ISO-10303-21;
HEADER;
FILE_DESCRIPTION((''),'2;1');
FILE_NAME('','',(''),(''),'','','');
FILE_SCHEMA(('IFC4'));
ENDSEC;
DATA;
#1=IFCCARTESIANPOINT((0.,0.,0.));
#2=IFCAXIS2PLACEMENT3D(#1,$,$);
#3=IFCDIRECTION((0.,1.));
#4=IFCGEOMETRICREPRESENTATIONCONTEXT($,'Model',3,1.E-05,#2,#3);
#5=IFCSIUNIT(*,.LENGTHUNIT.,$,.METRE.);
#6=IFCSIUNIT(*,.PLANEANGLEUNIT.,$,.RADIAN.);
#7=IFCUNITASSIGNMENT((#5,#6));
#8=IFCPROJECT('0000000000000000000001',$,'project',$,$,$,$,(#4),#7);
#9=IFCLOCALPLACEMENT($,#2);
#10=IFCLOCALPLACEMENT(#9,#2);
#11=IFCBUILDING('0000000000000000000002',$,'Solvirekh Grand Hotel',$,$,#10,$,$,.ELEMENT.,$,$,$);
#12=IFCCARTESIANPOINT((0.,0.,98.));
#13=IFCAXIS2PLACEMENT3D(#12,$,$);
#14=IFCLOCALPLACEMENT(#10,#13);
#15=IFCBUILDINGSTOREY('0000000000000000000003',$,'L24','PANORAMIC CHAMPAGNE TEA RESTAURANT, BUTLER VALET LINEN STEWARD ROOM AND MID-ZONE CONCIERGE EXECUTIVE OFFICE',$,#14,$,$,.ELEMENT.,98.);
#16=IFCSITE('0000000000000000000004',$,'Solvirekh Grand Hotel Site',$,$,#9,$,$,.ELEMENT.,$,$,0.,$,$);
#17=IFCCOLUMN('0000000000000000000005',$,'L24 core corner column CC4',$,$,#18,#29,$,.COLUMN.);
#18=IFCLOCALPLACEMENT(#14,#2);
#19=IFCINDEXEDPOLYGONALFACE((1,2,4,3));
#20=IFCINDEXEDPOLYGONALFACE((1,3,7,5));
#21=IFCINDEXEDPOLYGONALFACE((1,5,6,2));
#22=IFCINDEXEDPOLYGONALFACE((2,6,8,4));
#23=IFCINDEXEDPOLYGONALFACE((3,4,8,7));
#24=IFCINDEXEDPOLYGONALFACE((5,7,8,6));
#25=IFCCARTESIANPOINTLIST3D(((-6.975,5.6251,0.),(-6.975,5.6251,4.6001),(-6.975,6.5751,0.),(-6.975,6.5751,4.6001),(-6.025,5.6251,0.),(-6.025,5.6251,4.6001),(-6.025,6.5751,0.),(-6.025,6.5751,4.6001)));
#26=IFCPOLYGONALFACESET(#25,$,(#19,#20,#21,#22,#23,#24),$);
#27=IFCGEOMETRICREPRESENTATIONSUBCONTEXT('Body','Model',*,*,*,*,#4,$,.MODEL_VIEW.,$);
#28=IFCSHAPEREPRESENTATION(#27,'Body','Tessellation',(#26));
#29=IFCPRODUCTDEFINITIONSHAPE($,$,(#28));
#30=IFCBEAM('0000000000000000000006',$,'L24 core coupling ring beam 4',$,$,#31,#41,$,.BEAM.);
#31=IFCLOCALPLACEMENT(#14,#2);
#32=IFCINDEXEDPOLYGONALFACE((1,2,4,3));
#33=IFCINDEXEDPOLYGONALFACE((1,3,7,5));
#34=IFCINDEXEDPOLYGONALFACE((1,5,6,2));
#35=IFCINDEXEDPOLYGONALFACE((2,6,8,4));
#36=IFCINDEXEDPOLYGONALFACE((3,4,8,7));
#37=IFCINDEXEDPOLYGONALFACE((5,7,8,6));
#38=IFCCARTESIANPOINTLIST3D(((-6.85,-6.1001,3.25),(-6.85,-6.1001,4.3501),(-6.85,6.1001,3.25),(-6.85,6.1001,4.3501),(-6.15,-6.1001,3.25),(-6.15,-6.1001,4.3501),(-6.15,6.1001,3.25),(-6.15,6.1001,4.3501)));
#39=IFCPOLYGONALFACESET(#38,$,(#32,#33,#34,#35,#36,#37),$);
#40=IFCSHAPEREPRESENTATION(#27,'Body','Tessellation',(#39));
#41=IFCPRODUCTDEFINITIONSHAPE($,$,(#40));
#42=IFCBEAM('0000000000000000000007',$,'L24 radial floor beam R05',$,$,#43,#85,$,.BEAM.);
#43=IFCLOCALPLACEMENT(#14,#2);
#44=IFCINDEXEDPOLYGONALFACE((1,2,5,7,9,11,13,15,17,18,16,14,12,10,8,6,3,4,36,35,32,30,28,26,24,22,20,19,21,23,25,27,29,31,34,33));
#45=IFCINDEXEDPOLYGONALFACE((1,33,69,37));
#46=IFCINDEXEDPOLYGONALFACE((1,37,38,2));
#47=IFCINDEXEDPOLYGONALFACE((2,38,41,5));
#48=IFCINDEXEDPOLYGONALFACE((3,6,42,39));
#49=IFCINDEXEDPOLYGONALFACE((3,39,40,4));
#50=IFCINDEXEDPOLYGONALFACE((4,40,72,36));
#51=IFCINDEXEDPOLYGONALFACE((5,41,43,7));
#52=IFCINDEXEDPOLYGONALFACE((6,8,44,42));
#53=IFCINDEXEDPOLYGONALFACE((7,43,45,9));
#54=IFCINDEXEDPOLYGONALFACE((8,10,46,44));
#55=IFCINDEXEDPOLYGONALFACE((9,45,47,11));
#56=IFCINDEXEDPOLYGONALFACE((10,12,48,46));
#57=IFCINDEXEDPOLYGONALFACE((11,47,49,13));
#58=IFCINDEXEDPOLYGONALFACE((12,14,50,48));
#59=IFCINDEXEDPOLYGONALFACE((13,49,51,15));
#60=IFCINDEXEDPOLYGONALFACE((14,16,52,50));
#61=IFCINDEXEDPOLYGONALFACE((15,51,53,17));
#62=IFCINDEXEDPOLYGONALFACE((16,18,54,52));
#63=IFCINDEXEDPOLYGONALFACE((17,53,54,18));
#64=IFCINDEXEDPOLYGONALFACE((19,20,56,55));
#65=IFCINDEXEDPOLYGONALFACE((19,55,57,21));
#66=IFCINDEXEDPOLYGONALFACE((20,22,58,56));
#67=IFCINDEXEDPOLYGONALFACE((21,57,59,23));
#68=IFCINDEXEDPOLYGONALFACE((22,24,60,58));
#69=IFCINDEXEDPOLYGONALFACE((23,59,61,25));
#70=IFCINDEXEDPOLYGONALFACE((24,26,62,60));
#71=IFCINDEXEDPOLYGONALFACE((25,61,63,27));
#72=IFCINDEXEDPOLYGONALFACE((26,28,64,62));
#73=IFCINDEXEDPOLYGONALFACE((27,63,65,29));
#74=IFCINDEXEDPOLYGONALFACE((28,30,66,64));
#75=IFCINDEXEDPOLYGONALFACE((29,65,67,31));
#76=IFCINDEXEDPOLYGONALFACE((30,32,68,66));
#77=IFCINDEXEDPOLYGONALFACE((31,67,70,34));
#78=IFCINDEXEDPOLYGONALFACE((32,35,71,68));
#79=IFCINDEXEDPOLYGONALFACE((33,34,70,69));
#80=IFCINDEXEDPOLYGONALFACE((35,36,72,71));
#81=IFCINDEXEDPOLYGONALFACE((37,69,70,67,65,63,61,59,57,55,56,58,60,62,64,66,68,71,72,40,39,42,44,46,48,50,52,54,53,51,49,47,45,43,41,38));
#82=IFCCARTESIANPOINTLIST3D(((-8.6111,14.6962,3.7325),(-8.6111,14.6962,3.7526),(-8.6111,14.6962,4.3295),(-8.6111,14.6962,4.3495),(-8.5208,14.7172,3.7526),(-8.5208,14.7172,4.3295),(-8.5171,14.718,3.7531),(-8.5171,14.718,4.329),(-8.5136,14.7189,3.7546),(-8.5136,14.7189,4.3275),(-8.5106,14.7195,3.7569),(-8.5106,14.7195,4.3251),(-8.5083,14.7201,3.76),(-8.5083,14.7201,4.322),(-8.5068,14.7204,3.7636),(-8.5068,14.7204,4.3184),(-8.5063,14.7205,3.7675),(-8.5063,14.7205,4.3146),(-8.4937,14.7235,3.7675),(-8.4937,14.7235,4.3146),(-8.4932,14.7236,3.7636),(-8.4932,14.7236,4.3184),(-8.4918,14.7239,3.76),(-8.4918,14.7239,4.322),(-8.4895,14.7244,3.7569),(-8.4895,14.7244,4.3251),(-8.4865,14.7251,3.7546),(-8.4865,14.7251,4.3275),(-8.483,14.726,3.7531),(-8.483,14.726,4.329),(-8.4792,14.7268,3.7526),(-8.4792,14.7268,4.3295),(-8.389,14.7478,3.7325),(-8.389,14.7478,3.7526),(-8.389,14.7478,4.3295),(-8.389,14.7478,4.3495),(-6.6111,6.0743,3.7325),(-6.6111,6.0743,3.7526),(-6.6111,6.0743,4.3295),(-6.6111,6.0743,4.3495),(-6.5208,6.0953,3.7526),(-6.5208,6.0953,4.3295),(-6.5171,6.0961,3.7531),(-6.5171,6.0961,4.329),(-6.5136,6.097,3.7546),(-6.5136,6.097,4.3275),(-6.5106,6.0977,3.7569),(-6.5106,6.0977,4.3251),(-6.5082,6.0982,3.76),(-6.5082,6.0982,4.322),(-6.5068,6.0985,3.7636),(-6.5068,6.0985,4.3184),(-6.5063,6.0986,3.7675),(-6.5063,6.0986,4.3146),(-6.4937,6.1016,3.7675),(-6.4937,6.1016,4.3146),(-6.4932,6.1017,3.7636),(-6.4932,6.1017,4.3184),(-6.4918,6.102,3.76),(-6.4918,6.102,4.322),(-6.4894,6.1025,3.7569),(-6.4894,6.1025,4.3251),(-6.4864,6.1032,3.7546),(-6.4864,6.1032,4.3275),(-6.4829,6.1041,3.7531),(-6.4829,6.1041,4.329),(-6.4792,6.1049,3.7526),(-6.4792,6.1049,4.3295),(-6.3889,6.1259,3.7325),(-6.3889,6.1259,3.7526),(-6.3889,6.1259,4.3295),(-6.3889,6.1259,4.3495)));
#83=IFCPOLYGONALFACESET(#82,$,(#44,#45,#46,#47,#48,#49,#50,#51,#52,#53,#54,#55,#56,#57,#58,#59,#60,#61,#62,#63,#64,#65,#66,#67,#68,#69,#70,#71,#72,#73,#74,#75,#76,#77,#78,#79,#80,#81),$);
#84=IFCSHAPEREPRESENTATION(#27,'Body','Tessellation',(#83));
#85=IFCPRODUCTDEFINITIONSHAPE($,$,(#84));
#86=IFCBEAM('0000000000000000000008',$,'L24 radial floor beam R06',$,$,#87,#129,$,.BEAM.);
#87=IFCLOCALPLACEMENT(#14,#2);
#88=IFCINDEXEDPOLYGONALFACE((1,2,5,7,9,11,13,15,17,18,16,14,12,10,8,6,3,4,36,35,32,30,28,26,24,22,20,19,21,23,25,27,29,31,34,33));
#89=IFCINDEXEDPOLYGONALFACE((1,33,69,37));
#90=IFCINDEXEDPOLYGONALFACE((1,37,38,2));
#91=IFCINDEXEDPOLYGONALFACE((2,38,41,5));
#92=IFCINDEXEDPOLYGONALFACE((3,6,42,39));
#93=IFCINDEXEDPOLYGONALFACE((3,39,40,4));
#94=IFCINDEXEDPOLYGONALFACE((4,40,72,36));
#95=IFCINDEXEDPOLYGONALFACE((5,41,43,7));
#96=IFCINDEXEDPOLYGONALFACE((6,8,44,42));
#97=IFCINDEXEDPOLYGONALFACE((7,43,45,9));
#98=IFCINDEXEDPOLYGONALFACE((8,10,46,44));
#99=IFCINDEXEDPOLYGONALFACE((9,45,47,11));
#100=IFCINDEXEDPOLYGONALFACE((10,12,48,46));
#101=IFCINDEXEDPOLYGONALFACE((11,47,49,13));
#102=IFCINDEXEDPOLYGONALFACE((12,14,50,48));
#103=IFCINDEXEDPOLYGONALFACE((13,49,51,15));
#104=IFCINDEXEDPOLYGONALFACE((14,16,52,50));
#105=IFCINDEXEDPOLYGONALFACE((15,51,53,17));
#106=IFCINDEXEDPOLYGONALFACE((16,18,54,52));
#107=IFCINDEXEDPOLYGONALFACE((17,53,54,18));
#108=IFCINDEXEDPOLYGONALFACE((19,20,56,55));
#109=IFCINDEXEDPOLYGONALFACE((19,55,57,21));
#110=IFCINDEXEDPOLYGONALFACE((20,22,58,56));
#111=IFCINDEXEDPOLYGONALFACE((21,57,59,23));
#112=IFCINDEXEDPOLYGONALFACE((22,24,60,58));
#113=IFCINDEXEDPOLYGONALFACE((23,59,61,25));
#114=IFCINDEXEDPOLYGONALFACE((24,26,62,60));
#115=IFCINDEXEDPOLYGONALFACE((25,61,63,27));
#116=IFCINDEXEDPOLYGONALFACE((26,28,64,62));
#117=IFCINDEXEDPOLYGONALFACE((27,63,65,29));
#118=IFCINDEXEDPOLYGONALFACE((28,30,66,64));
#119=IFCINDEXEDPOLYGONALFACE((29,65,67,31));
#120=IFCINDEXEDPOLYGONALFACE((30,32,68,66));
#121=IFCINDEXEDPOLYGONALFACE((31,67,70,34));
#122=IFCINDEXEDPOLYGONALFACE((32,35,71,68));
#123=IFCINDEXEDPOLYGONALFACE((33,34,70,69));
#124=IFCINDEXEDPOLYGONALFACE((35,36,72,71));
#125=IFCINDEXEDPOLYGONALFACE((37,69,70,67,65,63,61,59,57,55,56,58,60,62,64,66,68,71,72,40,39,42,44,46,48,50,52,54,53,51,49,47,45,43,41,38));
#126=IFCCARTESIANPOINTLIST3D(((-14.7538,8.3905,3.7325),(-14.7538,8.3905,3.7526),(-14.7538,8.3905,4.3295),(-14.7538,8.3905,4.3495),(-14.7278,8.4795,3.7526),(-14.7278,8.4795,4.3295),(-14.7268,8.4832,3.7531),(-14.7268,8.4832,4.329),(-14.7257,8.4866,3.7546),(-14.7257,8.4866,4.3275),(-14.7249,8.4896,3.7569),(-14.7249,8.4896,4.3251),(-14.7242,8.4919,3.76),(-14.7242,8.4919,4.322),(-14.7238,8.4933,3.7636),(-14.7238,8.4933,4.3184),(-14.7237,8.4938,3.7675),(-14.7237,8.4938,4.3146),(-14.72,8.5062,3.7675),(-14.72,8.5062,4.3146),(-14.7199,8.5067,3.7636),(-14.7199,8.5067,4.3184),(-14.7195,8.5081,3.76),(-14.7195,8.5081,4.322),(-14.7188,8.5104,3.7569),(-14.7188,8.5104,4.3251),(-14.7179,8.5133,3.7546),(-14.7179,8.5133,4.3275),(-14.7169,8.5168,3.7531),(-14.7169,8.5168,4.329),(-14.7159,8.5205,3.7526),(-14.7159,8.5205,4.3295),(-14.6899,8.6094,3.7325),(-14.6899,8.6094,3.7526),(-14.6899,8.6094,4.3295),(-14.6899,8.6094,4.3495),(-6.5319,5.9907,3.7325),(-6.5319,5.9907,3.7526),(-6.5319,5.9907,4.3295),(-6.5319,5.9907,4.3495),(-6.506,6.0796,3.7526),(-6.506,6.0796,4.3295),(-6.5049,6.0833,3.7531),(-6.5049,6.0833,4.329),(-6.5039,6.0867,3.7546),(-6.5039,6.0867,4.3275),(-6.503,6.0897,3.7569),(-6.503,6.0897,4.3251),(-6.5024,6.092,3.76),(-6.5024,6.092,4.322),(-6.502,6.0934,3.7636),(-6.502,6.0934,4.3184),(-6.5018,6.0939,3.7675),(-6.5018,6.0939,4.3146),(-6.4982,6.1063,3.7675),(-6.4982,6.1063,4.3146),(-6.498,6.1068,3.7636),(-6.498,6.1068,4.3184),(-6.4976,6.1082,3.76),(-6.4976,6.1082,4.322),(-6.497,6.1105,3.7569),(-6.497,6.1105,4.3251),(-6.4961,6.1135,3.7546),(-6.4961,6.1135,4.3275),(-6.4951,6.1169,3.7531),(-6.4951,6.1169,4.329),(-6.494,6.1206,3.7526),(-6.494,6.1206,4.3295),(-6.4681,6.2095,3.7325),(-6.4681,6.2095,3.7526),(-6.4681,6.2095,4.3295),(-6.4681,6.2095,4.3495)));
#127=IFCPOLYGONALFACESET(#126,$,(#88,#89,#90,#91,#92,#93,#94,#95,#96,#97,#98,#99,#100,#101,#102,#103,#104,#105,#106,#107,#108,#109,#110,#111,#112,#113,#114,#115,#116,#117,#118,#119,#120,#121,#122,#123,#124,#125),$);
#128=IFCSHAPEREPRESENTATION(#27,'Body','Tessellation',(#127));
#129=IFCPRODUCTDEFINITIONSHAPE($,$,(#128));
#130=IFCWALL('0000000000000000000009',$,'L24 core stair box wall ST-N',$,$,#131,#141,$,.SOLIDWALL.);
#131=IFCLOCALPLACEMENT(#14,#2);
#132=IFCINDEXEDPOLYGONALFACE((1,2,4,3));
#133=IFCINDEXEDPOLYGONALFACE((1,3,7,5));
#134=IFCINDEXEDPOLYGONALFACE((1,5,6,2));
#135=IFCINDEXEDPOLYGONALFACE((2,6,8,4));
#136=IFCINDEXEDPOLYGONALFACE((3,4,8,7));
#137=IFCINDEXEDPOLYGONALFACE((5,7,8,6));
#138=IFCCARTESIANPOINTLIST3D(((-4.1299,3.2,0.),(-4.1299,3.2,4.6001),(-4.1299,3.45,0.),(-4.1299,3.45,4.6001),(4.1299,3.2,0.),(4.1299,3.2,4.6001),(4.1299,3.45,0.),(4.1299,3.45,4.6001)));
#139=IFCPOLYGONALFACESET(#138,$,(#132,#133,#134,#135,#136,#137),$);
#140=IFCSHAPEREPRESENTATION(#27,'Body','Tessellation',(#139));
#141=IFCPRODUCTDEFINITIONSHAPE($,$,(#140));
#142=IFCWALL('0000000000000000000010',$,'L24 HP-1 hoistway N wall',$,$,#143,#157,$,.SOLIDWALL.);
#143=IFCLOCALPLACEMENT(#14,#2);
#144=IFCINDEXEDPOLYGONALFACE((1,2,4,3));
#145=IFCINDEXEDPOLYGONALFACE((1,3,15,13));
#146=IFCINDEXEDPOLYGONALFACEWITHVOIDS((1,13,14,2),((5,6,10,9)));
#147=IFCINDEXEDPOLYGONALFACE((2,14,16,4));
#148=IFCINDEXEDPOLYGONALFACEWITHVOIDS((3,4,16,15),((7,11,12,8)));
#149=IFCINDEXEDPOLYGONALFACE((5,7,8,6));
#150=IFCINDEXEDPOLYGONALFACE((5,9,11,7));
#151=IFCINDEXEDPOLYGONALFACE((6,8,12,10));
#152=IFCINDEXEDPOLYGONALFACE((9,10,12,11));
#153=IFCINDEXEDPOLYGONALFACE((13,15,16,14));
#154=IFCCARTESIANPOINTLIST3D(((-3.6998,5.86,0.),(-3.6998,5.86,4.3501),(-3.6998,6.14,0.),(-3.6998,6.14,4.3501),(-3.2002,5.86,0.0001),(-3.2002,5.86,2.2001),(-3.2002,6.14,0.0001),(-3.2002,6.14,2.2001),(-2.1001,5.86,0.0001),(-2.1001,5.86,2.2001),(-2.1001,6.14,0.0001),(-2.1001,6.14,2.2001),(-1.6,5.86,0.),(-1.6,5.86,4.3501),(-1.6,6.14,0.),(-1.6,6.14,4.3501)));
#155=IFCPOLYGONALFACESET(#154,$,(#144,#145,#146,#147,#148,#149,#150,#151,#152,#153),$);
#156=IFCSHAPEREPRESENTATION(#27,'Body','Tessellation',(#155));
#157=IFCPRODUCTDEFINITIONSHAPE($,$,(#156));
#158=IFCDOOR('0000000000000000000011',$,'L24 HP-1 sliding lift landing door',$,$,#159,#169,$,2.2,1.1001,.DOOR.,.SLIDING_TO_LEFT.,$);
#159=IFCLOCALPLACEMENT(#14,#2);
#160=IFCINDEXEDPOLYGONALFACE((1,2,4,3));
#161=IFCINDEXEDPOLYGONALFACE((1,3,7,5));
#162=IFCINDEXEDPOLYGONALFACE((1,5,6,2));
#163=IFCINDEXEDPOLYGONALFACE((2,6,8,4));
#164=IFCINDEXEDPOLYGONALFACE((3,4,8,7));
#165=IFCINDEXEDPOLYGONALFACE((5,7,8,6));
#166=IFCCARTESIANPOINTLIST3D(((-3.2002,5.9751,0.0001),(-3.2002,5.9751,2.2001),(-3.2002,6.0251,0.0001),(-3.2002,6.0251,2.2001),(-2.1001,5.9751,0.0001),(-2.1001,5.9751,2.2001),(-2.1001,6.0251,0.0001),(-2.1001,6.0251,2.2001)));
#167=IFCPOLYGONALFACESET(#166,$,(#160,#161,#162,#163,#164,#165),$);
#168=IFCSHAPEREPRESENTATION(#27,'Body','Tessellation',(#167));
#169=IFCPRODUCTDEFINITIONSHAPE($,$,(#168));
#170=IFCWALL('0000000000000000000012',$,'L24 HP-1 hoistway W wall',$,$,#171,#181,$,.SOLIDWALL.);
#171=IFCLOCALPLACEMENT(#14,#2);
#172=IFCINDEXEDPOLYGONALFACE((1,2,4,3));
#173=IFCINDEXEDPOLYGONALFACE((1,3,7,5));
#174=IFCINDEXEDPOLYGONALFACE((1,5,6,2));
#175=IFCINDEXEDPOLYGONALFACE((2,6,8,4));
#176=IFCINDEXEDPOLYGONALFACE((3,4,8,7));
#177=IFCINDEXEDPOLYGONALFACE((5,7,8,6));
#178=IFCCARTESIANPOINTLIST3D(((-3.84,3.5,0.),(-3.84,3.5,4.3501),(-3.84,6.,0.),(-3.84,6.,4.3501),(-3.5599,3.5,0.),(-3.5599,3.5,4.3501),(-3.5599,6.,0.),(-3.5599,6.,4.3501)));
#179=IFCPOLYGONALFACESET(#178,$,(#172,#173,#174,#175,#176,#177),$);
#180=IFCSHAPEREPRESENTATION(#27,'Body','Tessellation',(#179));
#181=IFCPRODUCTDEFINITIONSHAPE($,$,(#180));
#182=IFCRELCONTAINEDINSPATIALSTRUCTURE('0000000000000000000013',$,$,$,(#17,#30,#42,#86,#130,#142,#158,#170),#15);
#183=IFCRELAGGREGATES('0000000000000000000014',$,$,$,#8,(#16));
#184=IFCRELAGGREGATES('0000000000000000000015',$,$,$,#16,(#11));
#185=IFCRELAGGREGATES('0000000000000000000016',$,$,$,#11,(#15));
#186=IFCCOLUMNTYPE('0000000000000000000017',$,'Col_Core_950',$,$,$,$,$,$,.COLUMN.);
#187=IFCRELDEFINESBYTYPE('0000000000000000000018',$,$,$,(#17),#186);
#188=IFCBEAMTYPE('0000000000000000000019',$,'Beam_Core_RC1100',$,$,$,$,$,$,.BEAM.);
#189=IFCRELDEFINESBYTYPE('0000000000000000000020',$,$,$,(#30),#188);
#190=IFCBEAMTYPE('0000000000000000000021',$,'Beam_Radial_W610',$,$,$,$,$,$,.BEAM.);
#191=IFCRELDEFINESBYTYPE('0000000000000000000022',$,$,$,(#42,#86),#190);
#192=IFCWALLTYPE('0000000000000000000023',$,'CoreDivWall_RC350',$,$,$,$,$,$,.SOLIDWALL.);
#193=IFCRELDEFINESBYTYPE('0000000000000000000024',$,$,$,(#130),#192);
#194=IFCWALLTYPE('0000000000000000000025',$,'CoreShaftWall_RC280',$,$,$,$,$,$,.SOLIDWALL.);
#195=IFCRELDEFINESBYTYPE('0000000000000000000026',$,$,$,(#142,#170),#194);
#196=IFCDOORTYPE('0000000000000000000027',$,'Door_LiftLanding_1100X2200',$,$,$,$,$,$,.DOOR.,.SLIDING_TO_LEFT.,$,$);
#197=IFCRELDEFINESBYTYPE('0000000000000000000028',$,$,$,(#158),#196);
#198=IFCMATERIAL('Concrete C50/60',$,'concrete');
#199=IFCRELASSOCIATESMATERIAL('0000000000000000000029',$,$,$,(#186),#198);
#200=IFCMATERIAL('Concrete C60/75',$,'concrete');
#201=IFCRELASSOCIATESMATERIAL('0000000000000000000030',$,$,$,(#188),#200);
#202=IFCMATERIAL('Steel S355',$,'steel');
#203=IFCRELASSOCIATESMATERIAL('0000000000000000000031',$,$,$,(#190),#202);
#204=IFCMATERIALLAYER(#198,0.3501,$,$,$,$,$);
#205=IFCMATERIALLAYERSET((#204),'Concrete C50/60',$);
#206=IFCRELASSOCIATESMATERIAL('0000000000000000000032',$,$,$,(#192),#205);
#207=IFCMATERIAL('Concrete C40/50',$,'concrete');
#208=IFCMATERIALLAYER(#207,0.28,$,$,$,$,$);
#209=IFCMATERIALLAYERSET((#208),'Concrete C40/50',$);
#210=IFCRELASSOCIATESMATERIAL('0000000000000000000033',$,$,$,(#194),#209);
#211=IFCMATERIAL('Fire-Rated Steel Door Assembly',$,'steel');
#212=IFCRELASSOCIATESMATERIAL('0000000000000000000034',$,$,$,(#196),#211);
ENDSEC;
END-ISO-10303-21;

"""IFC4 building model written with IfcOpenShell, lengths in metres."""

from ifc_helpers import new_model, si_unit, direction, frame, frame_2d, origin, origin_2d, place, context, subcontext, project, spatial, rectangle, i_section, extrude, material, layer, layer_set, material_profile, profile_set, type_object, element, fill, save


model = new_model("IFC4")

# Units and contexts
model_context = context("Model", 3, precision=1e-05, world=origin(), true_north=direction((0.0, 1.0)))
body_context = subcontext(model_context, "Body", "Model", "MODEL_VIEW")
ifc_project = project(units=[si_unit("LENGTHUNIT", "METRE"), si_unit("PLANEANGLEUNIT", "RADIAN")], contexts=[model_context])

# Site, building, storey
site_placement = place(None, origin())
site = spatial("IfcSite", under=ifc_project, at=site_placement, Name="Solvirekh Grand Hotel Site", CompositionType="ELEMENT", RefElevation=0.0)
building_placement = place(site_placement, origin())
building = spatial("IfcBuilding", under=site, at=building_placement, Name="Solvirekh Grand Hotel", CompositionType="ELEMENT")
storey_placement = place(building_placement, frame((0.0, 0.0, 98.0)))
storey = spatial("IfcBuildingStorey", under=building, at=storey_placement, Name="L24", Description="PANORAMIC CHAMPAGNE TEA RESTAURANT, BUTLER VALET LINEN STEWARD ROOM AND MID-ZONE CONCIERGE EXECUTIVE OFFICE", CompositionType="ELEMENT", Elevation=98.0)

# Column
ifc_material_1 = material(Name="Concrete C50/60", Category="concrete")
ifc_material_profile_1 = material_profile(ifc_material_1, rectangle(XDim=0.95, YDim=0.95, at=origin_2d()), Name="RC 950X950")
ifc_profile_set_1 = profile_set([ifc_material_profile_1], Name="Concrete C50/60")
column_type = type_object("IfcColumnType", Name="Col_Core_950", PredefinedType="COLUMN", material=ifc_profile_set_1)
column_placement = place(storey_placement, frame((-6.5, 6.1001, 0.0), z_axis=(0.0, 0.0, 1.0), x_axis=(1.0, 0.0, 0.0)))
element("IfcColumn", 1, at=column_placement, inside=storey, type_object=column_type, Name="L24 core corner column CC4", PredefinedType="COLUMN", context=body_context, shape_type="SweptSolid", body=[
    extrude(rectangle(XDim=0.95, YDim=0.95, at=origin_2d()), origin(), (0.0, 0.0, 1.0), 4.6001),
])

# Beams
ifc_material_2 = material(Name="Concrete C60/75", Category="concrete")
ifc_material_profile_2 = material_profile(ifc_material_2, rectangle(XDim=0.7, YDim=1.1001, at=origin_2d()), Name="RC BEAM 700X1100")
ifc_profile_set_2 = profile_set([ifc_material_profile_2], Name="Concrete C60/75")
beam_type_1 = type_object("IfcBeamType", Name="Beam_Core_RC1100", PredefinedType="BEAM", material=ifc_profile_set_2)
beam_1_placement = place(storey_placement, frame((-6.5, 6.1001, 3.8), z_axis=(0.0, -1.0, 0.0), x_axis=(1.0, 0.0, 0.0)))
element("IfcBeam", 2, at=beam_1_placement, inside=storey, type_object=beam_type_1, Name="L24 core coupling ring beam 4", PredefinedType="BEAM", context=body_context, shape_type="SweptSolid", body=[
    extrude(rectangle(XDim=0.7, YDim=1.1001, at=origin_2d()), origin(), (0.0, 0.0, 1.0), 12.2002),
])
ifc_material_3 = material(Name="Steel S355", Category="steel")
ifc_material_profile_3 = material_profile(ifc_material_3, i_section(OverallWidth=0.228, OverallDepth=0.6169, WebThickness=0.0129, FlangeThickness=0.02, FilletRadius=0.0149, at=origin_2d()), Name="W610X140")
ifc_profile_set_3 = profile_set([ifc_material_profile_3], Name="Steel S355")
beam_type_2 = type_object("IfcBeamType", Name="Beam_Radial_W610", PredefinedType="BEAM", material=ifc_profile_set_3)
beam_2_placement = place(storey_placement, frame((-6.5, 6.1001, 4.041), z_axis=(-0.225969, 0.974134, 0.0), x_axis=(-0.974134, -0.225969, 0.0)))
element("IfcBeam", 3, at=beam_2_placement, inside=storey, type_object=beam_type_2, Name="L24 radial floor beam R05", PredefinedType="BEAM", context=body_context, shape_type="SweptSolid", body=[
    extrude(i_section(OverallWidth=0.228, OverallDepth=0.6169, WebThickness=0.0129, FlangeThickness=0.02, FilletRadius=0.0149, at=origin_2d()), origin(), (0.0, 0.0, 1.0), 8.8508),
])
beam_3_placement = place(storey_placement, frame((-6.5, 6.1001, 4.041), z_axis=(-0.959942, 0.280198, 0.0), x_axis=(-0.280198, -0.959942, 0.0)))
element("IfcBeam", 4, at=beam_3_placement, inside=storey, type_object=beam_type_2, Name="L24 radial floor beam R06", PredefinedType="BEAM", context=body_context, shape_type="SweptSolid", body=[
    extrude(i_section(OverallWidth=0.228, OverallDepth=0.6169, WebThickness=0.0129, FlangeThickness=0.02, FilletRadius=0.0149, at=origin_2d()), origin(), (0.0, 0.0, 1.0), 8.5649),
])

# Wall
ifc_layer_1 = layer(ifc_material_1, 0.3501)
ifc_layer_set_1 = layer_set([ifc_layer_1], Name="Concrete C50/60")
wall_type_1 = type_object("IfcWallType", Name="CoreDivWall_RC350", PredefinedType="SOLIDWALL", material=ifc_layer_set_1)
wall_1_placement = place(storey_placement, frame((-4.1299, 3.325, 0.0), z_axis=(0.0, 0.0, 1.0), x_axis=(1.0, 0.0, 0.0)))
element("IfcWall", 5, at=wall_1_placement, inside=storey, type_object=wall_type_1, Name="L24 core stair box wall ST-N", PredefinedType="SOLIDWALL", context=body_context, shape_type="SweptSolid", body=[
    extrude(rectangle(XDim=8.2598, YDim=0.25, at=frame_2d((4.1299, 0.0))), origin(), (0.0, 0.0, 1.0), 4.6001),
])

# Wall, opening, door
ifc_material_4 = material(Name="Concrete C40/50", Category="concrete")
ifc_layer_2 = layer(ifc_material_4, 0.28)
ifc_layer_set_2 = layer_set([ifc_layer_2], Name="Concrete C40/50")
wall_type_2 = type_object("IfcWallType", Name="CoreShaftWall_RC280", PredefinedType="SOLIDWALL", material=ifc_layer_set_2)
wall_2_placement = place(storey_placement, frame((-1.6001, 6.0, 0.0), z_axis=(0.0, 0.0, 1.0), x_axis=(-1.0, 0.0, 0.0)))
wall_2 = element("IfcWall", 6, at=wall_2_placement, inside=storey, type_object=wall_type_2, Name="L24 HP-1 hoistway N wall", PredefinedType="SOLIDWALL", context=body_context, shape_type="SweptSolid", body=[
    extrude(rectangle(XDim=2.0999, YDim=0.28, at=frame_2d((1.0498, 0.0))), origin(), (0.0, 0.0, 1.0), 4.3501),
])
opening_1_placement = place(wall_2_placement, frame((0.5, 0.0, 0.0)))
opening_1 = element("IfcOpeningElement", 7, at=opening_1_placement, cuts=wall_2, PredefinedType="OPENING", context=body_context, shape_type="SweptSolid", body=[
    extrude(rectangle(XDim=1.1001, YDim=2.2, at=frame_2d((0.55, 1.1001))), frame((0.0, 0.1499, 0.0), z_axis=(0.0, -1.0, 0.0), x_axis=(1.0, 0.0, 0.0)), (0.0, 0.0, 1.0), 0.3),
])
ifc_material_5 = material(Name="Fire-Rated Steel Door Assembly", Category="steel")
door_type_1 = type_object("IfcDoorType", Name="Door_LiftLanding_1100X2200", OperationType="SLIDING_TO_LEFT", PredefinedType="DOOR", material=ifc_material_5)
door_1_placement = place(opening_1_placement, origin())
door_1 = element("IfcDoor", 8, at=door_1_placement, inside=storey, type_object=door_type_1, Name="L24 HP-1 sliding lift landing door", OperationType="SLIDING_TO_LEFT", OverallHeight=2.2, OverallWidth=1.1001, PredefinedType="DOOR", context=body_context, shape_type="SweptSolid", body=[
    extrude(rectangle(XDim=1.1001, YDim=2.2, at=frame_2d((0.55, 1.1001))), frame((0.0, 0.0249, 0.0), z_axis=(0.0, -1.0, 0.0), x_axis=(1.0, 0.0, 0.0)), (0.0, 0.0, 1.0), 0.05),
])
fill(opening_1, door_1)

# Wall
for number, where, z_axis, x_axis, name in (
    (9, (-3.7, 6.0, 0.0), (0.0, 0.0, 1.0), (0.0, -1.0, 0.0), "L24 HP-1 hoistway W wall"),
):
    element("IfcWall", number, at=place(storey_placement, frame(where, z_axis=z_axis, x_axis=x_axis)), inside=storey, type_object=wall_type_2, Name=name, PredefinedType="SOLIDWALL", context=body_context, shape_type="SweptSolid", body=[
        extrude(rectangle(XDim=2.5, YDim=0.28, at=frame_2d((1.25, 0.0))), origin(), (0.0, 0.0, 1.0), 4.3501),
    ])

save(model, "model.ifc")
